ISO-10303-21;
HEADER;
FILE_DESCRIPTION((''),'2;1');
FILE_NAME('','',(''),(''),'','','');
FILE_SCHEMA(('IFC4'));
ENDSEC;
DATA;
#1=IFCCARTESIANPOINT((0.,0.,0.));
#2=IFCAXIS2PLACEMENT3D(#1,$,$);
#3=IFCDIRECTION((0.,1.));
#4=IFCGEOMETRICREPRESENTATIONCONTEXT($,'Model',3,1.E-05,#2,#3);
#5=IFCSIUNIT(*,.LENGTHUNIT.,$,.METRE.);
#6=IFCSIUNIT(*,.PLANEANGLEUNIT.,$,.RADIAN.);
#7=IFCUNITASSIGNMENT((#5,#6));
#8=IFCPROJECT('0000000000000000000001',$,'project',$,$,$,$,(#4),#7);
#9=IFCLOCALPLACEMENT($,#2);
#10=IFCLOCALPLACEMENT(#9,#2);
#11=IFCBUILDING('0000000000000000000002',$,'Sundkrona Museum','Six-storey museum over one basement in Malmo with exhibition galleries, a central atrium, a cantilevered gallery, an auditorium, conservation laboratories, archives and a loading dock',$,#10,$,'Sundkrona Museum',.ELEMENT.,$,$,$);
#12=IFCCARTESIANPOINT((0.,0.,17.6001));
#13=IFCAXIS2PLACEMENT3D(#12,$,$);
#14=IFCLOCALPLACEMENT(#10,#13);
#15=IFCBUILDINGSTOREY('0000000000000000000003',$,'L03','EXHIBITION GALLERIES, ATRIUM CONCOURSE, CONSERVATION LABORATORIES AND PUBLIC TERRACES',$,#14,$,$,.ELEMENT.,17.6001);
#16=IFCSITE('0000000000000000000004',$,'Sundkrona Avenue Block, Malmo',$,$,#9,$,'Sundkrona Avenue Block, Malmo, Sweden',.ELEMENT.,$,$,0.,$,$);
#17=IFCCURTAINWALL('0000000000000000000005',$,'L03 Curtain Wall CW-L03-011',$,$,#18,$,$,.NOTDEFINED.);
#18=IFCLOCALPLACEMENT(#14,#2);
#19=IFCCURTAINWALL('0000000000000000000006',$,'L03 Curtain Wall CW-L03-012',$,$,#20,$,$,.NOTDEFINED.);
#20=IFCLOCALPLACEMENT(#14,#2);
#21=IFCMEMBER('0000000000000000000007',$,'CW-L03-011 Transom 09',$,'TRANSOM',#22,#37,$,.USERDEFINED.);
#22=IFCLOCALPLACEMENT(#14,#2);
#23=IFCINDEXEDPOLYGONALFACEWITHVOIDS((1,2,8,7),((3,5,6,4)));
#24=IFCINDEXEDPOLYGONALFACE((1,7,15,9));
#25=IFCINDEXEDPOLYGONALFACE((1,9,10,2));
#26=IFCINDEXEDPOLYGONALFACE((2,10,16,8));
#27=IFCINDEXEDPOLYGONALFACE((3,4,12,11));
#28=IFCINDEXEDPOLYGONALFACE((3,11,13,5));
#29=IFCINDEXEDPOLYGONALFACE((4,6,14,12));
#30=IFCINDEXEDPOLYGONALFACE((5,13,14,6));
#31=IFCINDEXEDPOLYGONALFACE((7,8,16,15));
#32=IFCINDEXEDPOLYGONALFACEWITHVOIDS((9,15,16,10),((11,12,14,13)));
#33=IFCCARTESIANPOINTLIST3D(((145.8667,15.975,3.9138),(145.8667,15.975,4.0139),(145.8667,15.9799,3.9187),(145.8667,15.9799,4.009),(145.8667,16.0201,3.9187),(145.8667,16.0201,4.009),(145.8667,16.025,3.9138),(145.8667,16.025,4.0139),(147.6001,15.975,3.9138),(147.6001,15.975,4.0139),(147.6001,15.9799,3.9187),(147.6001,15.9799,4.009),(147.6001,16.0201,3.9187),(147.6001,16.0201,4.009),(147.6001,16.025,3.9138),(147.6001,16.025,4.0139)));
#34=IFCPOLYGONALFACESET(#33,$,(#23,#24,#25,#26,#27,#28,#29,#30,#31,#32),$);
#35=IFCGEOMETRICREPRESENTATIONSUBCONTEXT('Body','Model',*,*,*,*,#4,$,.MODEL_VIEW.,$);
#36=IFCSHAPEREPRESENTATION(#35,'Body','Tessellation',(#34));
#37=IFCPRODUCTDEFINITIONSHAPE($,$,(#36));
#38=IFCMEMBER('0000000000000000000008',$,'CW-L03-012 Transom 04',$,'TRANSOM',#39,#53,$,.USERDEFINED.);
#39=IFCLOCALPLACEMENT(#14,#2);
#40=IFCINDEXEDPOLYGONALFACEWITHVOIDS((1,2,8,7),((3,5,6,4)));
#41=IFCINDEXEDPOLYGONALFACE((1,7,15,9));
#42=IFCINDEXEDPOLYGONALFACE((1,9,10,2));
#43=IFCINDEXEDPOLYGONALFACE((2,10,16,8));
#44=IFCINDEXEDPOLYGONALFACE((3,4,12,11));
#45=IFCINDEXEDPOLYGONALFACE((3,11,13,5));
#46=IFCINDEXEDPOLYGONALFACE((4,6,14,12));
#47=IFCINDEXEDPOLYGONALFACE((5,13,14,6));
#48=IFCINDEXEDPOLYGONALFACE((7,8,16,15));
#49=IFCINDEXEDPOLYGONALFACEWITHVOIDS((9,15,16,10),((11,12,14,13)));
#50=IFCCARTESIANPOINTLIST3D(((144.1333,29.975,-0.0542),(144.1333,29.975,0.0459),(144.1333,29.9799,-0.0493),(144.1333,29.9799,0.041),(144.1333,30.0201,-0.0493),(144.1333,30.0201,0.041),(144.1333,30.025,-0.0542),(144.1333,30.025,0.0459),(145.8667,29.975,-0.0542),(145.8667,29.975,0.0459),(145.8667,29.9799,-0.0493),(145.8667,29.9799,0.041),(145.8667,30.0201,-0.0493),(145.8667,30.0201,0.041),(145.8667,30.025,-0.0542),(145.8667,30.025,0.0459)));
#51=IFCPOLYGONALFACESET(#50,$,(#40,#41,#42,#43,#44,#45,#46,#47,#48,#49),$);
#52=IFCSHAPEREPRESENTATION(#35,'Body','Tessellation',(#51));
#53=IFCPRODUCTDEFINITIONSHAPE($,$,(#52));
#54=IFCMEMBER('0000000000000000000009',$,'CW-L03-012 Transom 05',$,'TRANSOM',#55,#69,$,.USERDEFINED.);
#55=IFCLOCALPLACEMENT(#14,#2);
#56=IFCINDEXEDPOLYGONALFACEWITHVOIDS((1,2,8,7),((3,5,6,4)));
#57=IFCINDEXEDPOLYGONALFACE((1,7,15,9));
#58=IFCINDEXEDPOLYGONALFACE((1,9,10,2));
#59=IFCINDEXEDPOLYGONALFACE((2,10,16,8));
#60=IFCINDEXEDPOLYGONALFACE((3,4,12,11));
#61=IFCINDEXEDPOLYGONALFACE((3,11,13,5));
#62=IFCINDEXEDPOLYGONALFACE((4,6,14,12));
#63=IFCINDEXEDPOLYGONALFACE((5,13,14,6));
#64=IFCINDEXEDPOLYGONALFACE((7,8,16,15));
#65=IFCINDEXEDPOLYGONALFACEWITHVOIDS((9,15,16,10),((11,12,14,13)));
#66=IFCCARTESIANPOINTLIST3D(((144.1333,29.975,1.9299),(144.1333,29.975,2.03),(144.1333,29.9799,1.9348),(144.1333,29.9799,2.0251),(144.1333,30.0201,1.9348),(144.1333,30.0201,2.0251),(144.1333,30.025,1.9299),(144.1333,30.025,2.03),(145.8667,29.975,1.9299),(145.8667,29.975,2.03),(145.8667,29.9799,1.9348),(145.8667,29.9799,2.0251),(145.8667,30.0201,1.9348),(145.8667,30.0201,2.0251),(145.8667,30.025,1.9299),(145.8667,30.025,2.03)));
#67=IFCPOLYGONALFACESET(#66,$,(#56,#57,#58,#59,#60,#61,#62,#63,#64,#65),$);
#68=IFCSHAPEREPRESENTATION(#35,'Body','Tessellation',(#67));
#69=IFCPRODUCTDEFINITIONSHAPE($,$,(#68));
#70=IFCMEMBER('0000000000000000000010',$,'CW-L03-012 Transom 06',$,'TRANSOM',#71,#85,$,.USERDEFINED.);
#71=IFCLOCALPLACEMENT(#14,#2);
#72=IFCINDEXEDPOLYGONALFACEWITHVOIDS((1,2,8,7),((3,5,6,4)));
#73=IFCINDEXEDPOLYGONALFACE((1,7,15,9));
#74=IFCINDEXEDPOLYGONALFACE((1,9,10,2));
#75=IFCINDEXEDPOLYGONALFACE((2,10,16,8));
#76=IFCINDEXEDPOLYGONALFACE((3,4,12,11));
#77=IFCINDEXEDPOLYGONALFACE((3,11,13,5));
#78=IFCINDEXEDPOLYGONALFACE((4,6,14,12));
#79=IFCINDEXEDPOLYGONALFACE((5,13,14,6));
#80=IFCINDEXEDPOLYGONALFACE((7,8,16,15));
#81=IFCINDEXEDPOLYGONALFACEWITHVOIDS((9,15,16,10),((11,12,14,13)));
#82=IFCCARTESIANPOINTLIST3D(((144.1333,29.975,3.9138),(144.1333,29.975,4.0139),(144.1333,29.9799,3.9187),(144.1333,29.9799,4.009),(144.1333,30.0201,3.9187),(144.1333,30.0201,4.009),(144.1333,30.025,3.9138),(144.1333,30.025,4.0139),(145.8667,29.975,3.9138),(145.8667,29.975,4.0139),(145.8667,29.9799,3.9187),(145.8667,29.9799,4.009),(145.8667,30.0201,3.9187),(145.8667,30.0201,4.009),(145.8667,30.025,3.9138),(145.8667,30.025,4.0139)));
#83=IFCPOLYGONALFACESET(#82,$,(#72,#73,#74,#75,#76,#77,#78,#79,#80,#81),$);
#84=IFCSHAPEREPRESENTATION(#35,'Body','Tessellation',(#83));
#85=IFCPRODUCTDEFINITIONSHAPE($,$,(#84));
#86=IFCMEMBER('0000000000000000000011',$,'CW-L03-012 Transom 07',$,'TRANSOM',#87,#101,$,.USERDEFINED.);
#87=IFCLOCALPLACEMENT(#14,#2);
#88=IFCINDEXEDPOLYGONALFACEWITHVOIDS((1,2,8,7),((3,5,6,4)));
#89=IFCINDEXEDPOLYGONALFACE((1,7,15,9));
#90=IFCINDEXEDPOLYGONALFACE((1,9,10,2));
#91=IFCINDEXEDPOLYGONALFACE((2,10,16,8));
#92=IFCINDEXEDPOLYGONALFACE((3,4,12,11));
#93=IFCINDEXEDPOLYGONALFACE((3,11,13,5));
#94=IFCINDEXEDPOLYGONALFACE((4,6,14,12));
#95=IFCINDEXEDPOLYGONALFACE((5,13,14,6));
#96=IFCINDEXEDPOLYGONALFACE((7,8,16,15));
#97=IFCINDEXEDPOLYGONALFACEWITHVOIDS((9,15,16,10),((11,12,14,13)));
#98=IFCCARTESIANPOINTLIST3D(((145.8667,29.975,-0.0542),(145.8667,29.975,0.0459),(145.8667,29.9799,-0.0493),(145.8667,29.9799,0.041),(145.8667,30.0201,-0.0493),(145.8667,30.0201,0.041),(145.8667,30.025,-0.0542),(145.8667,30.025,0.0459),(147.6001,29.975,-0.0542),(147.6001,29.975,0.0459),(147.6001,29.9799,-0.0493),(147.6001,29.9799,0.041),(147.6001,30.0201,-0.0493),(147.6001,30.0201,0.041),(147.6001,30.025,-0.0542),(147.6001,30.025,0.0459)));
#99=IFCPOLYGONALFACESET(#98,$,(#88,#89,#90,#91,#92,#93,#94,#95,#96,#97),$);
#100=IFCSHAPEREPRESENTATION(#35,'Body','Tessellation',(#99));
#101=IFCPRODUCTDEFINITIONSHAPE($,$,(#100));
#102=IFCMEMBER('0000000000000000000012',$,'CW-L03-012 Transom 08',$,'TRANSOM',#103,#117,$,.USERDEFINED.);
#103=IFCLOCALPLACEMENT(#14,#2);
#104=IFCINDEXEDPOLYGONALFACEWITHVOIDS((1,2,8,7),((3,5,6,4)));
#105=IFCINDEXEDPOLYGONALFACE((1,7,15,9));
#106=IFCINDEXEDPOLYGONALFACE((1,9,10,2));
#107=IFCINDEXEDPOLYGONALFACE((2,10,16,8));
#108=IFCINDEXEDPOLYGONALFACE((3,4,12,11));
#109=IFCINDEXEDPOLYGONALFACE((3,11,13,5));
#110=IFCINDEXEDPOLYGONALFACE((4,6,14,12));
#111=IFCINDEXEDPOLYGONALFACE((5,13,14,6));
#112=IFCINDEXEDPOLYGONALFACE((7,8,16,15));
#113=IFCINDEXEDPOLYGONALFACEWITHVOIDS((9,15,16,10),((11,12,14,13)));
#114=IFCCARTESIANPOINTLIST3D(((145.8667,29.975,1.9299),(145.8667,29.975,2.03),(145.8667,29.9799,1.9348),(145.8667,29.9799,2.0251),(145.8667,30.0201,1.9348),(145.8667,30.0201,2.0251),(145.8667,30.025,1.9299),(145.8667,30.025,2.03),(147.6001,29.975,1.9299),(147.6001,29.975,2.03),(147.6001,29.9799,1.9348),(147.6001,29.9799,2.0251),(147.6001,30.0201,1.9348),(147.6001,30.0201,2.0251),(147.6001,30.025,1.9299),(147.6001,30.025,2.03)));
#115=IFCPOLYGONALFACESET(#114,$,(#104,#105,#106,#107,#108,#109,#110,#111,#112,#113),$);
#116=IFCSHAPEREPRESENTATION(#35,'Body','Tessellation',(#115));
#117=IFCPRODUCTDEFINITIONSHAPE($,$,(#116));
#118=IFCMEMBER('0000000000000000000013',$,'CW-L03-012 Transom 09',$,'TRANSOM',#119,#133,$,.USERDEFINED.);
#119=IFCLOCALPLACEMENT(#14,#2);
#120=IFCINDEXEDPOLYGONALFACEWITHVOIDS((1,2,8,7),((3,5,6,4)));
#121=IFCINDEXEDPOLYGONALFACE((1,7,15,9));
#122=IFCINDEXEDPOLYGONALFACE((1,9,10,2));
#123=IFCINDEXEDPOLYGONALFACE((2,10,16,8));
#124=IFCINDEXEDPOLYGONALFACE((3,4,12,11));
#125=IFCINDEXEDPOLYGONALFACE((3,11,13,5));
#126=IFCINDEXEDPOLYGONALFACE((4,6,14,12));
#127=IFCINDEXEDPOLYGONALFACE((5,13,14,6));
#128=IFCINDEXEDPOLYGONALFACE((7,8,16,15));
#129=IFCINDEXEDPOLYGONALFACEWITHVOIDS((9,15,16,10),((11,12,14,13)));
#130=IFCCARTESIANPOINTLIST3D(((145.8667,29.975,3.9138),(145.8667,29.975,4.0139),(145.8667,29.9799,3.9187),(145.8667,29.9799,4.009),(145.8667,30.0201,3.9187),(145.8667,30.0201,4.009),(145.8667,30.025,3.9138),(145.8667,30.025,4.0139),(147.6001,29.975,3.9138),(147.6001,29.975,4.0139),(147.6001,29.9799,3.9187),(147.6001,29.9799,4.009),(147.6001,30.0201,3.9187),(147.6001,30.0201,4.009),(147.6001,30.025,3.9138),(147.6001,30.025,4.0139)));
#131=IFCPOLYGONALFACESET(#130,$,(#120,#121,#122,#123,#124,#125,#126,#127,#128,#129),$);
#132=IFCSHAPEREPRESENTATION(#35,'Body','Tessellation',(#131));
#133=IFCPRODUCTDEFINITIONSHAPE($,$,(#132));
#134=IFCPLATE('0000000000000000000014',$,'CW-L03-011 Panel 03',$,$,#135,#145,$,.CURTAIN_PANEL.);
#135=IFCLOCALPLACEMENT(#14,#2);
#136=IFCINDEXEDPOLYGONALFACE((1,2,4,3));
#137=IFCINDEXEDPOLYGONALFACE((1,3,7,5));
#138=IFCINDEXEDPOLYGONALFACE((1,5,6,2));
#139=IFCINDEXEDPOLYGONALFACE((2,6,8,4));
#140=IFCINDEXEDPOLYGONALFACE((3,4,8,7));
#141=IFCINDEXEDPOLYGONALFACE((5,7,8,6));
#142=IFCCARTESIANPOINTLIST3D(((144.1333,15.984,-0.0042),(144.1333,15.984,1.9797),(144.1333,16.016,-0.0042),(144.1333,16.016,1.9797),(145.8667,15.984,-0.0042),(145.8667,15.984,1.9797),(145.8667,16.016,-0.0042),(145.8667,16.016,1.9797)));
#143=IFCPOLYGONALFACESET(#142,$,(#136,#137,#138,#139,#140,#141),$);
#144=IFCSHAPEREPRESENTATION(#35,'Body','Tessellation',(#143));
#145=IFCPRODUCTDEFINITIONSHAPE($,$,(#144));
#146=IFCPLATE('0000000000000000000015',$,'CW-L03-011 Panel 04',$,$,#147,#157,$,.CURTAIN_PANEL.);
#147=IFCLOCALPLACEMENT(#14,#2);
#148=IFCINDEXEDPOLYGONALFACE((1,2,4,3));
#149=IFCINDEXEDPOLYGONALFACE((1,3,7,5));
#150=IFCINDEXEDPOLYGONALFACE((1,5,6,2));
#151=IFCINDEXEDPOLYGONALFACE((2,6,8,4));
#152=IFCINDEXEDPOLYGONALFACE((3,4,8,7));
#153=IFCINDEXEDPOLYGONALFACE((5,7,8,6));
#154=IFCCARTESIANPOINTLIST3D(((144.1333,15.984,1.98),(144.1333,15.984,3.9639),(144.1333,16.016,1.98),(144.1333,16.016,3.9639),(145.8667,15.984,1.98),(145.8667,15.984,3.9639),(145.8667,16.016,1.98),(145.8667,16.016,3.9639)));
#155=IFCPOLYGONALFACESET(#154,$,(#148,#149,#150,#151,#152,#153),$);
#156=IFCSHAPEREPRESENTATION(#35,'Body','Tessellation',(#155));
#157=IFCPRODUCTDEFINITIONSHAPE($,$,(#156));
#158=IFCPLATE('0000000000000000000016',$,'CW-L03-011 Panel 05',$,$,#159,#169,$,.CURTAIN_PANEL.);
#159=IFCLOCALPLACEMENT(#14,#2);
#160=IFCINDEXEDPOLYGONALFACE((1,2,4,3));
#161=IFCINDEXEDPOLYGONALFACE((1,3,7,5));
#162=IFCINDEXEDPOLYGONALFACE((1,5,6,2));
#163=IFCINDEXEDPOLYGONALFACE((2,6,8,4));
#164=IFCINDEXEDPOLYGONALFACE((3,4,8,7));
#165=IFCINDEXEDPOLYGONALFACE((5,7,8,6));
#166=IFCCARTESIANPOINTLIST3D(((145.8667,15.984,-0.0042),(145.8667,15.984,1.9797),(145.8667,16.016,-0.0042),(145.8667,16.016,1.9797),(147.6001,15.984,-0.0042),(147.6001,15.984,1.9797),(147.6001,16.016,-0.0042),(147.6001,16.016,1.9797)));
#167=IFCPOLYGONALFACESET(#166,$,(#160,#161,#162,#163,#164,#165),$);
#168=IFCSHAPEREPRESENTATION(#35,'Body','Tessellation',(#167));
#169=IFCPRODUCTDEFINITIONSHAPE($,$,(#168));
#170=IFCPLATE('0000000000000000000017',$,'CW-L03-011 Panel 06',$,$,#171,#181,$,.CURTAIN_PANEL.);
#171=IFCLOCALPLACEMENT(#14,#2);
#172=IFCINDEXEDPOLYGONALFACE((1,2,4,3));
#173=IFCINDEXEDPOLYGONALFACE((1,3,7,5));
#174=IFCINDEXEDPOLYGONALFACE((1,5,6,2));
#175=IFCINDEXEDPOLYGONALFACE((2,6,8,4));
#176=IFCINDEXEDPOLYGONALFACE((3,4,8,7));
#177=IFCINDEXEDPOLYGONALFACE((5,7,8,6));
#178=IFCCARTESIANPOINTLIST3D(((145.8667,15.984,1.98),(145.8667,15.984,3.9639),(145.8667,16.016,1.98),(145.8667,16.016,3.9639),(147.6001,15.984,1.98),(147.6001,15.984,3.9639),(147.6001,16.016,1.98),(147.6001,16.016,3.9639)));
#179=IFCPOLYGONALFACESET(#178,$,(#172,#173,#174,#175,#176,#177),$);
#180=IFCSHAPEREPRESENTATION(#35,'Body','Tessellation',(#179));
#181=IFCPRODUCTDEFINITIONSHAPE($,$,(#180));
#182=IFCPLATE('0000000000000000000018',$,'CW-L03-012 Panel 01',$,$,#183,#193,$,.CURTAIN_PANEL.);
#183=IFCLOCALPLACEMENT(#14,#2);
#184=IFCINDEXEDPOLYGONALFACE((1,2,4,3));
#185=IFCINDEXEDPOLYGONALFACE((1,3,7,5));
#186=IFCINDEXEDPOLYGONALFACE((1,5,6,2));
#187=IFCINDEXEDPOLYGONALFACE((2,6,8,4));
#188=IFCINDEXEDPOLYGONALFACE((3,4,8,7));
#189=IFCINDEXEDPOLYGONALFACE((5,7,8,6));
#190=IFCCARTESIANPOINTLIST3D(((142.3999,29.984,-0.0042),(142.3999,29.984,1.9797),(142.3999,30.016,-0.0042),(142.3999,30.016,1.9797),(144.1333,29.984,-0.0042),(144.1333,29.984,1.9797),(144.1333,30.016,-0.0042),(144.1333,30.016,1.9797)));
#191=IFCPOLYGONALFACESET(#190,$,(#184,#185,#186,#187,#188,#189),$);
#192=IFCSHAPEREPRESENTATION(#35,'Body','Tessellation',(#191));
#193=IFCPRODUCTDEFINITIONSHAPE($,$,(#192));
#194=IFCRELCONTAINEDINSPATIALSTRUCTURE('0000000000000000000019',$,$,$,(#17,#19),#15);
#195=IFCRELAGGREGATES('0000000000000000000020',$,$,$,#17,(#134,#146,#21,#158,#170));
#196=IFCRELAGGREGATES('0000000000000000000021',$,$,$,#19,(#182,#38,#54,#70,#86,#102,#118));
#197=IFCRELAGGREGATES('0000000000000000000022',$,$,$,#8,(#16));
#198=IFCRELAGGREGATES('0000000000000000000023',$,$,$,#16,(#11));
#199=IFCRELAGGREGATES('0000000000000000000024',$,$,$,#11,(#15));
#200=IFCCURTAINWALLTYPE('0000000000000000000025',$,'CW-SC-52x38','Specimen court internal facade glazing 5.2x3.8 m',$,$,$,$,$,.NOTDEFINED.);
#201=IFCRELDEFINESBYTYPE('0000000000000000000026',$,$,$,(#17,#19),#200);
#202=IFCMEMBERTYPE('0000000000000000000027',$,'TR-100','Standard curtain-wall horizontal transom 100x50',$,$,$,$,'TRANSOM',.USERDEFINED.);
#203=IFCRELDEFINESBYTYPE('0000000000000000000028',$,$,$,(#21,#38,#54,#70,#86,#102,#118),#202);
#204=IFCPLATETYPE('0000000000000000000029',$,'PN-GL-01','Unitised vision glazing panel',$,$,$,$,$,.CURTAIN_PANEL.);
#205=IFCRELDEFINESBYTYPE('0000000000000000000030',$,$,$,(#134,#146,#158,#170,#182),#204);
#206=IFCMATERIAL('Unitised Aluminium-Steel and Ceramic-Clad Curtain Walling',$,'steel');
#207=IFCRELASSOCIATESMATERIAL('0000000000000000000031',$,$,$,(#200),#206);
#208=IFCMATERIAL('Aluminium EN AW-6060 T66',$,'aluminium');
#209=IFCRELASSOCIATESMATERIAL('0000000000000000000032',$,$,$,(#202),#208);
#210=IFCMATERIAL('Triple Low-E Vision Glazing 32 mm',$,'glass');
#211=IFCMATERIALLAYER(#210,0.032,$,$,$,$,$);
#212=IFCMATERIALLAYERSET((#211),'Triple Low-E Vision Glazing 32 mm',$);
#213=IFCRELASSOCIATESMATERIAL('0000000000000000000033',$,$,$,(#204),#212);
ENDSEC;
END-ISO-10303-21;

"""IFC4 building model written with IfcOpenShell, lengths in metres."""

from ifc_helpers import new_model, si_unit, direction, frame, origin, origin_2d, place, context, subcontext, project, spatial, rectangle, hollow_rectangle, extrude, material, layer, layer_set, material_profile, profile_set, type_object, element, aggregate, save


model = new_model("IFC4")

# Units and contexts
model_context = context("Model", 3, precision=1e-05, world=origin(), true_north=direction((0.0, 1.0)))
body_context = subcontext(model_context, "Body", "Model", "MODEL_VIEW")
ifc_project = project(units=[si_unit("LENGTHUNIT", "METRE"), si_unit("PLANEANGLEUNIT", "RADIAN")], contexts=[model_context])

# Site, building, storey
site_placement = place(None, origin())
site = spatial("IfcSite", under=ifc_project, at=site_placement, Name="Sundkrona Avenue Block, Malmo", LongName="Sundkrona Avenue Block, Malmo, Sweden", CompositionType="ELEMENT", RefElevation=0.0)
building_placement = place(site_placement, origin())
building = spatial("IfcBuilding", under=site, at=building_placement, Name="Sundkrona Museum", Description="Six-storey museum over one basement in Malmo with exhibition galleries, a central atrium, a cantilevered gallery, an auditorium, conservation laboratories, archives and a loading dock", LongName="Sundkrona Museum", CompositionType="ELEMENT")
storey_placement = place(building_placement, frame((0.0, 0.0, 17.6001)))
storey = spatial("IfcBuildingStorey", under=building, at=storey_placement, Name="L03", Description="EXHIBITION GALLERIES, ATRIUM CONCOURSE, CONSERVATION LABORATORIES AND PUBLIC TERRACES", CompositionType="ELEMENT", Elevation=17.6001)

# Curtain walls
ifc_material_1 = material(Name="Unitised Aluminium-Steel and Ceramic-Clad Curtain Walling", Category="steel")
curtain_wall_type = type_object("IfcCurtainWallType", Name="CW-SC-52x38", Description="Specimen court internal facade glazing 5.2x3.8 m", PredefinedType="NOTDEFINED", material=ifc_material_1)
curtain_wall_1_placement = place(storey_placement, origin())
curtain_wall_1 = element("IfcCurtainWall", 1, at=curtain_wall_1_placement, inside=storey, type_object=curtain_wall_type, Name="L03 Curtain Wall CW-L03-011", PredefinedType="NOTDEFINED")
ifc_material_2 = material(Name="Aluminium EN AW-6060 T66", Category="aluminium")
curtain_wall_2_placement = place(storey_placement, origin())
curtain_wall_2 = element("IfcCurtainWall", 2, at=curtain_wall_2_placement, inside=storey, type_object=curtain_wall_type, Name="L03 Curtain Wall CW-L03-012", PredefinedType="NOTDEFINED")

# Members
ifc_material_profile_1 = material_profile(ifc_material_2, hollow_rectangle(XDim=0.05, YDim=0.1001, WallThickness=0.0049, at=origin_2d()), Name="RHS 100x50x5.0")
ifc_profile_set_1 = profile_set([ifc_material_profile_1], Name="Aluminium EN AW-6060 T66")
member_type_1 = type_object("IfcMemberType", Name="TR-100", Description="Standard curtain-wall horizontal transom 100x50", ElementType="TRANSOM", PredefinedType="USERDEFINED", material=ifc_profile_set_1)
member_1_placement = place(storey_placement, frame((145.8667, 16.0, 3.9639), z_axis=(1.0, 0.0, 0.0), x_axis=(0.0, 1.0, 0.0)))
member_1 = element("IfcMember", 3, at=member_1_placement, type_object=member_type_1, Name="CW-L03-011 Transom 09", ObjectType="TRANSOM", PredefinedType="USERDEFINED", context=body_context, shape_type="SweptSolid", body=[
    extrude(hollow_rectangle(XDim=0.05, YDim=0.1001, WallThickness=0.0049, at=origin_2d()), origin(), (0.0, 0.0, 1.0), 1.7334),
])
member_2_placement = place(storey_placement, frame((144.1333, 30.0, -0.0042), z_axis=(1.0, 0.0, 0.0), x_axis=(0.0, 1.0, 0.0)))
member_2 = element("IfcMember", 4, at=member_2_placement, type_object=member_type_1, Name="CW-L03-012 Transom 04", ObjectType="TRANSOM", PredefinedType="USERDEFINED", context=body_context, shape_type="SweptSolid", body=[
    extrude(hollow_rectangle(XDim=0.05, YDim=0.1001, WallThickness=0.0049, at=origin_2d()), origin(), (0.0, 0.0, 1.0), 1.7334),
])
member_3_placement = place(storey_placement, frame((144.1333, 30.0, 1.98), z_axis=(1.0, 0.0, 0.0), x_axis=(0.0, 1.0, 0.0)))
member_3 = element("IfcMember", 5, at=member_3_placement, type_object=member_type_1, Name="CW-L03-012 Transom 05", ObjectType="TRANSOM", PredefinedType="USERDEFINED", context=body_context, shape_type="SweptSolid", body=[
    extrude(hollow_rectangle(XDim=0.05, YDim=0.1001, WallThickness=0.0049, at=origin_2d()), origin(), (0.0, 0.0, 1.0), 1.7334),
])
member_4_placement = place(storey_placement, frame((144.1333, 30.0, 3.9639), z_axis=(1.0, 0.0, 0.0), x_axis=(0.0, 1.0, 0.0)))
member_4 = element("IfcMember", 6, at=member_4_placement, type_object=member_type_1, Name="CW-L03-012 Transom 06", ObjectType="TRANSOM", PredefinedType="USERDEFINED", context=body_context, shape_type="SweptSolid", body=[
    extrude(hollow_rectangle(XDim=0.05, YDim=0.1001, WallThickness=0.0049, at=origin_2d()), origin(), (0.0, 0.0, 1.0), 1.7334),
])
member_5_placement = place(storey_placement, frame((145.8667, 30.0, -0.0042), z_axis=(1.0, 0.0, 0.0), x_axis=(0.0, 1.0, 0.0)))
member_5 = element("IfcMember", 7, at=member_5_placement, type_object=member_type_1, Name="CW-L03-012 Transom 07", ObjectType="TRANSOM", PredefinedType="USERDEFINED", context=body_context, shape_type="SweptSolid", body=[
    extrude(hollow_rectangle(XDim=0.05, YDim=0.1001, WallThickness=0.0049, at=origin_2d()), origin(), (0.0, 0.0, 1.0), 1.7334),
])
member_6_placement = place(storey_placement, frame((145.8667, 30.0, 1.98), z_axis=(1.0, 0.0, 0.0), x_axis=(0.0, 1.0, 0.0)))
member_6 = element("IfcMember", 8, at=member_6_placement, type_object=member_type_1, Name="CW-L03-012 Transom 08", ObjectType="TRANSOM", PredefinedType="USERDEFINED", context=body_context, shape_type="SweptSolid", body=[
    extrude(hollow_rectangle(XDim=0.05, YDim=0.1001, WallThickness=0.0049, at=origin_2d()), origin(), (0.0, 0.0, 1.0), 1.7334),
])
member_7_placement = place(storey_placement, frame((145.8667, 30.0, 3.9639), z_axis=(1.0, 0.0, 0.0), x_axis=(0.0, 1.0, 0.0)))
member_7 = element("IfcMember", 9, at=member_7_placement, type_object=member_type_1, Name="CW-L03-012 Transom 09", ObjectType="TRANSOM", PredefinedType="USERDEFINED", context=body_context, shape_type="SweptSolid", body=[
    extrude(hollow_rectangle(XDim=0.05, YDim=0.1001, WallThickness=0.0049, at=origin_2d()), origin(), (0.0, 0.0, 1.0), 1.7334),
])

# Plates
ifc_material_3 = material(Name="Triple Low-E Vision Glazing 32 mm", Category="glass")
ifc_layer_1 = layer(ifc_material_3, 0.032)
ifc_layer_set_1 = layer_set([ifc_layer_1], Name="Triple Low-E Vision Glazing 32 mm")
plate_type = type_object("IfcPlateType", Name="PN-GL-01", Description="Unitised vision glazing panel", PredefinedType="CURTAIN_PANEL", material=ifc_layer_set_1)
plate_1_placement = place(storey_placement, frame((145.0, 16.0, -0.0042), z_axis=(0.0, 0.0, 1.0), x_axis=(1.0, 0.0, 0.0)))
plate_1 = element("IfcPlate", 10, at=plate_1_placement, type_object=plate_type, Name="CW-L03-011 Panel 03", PredefinedType="CURTAIN_PANEL", context=body_context, shape_type="SweptSolid", body=[
    extrude(rectangle(XDim=1.7334, YDim=0.032, at=origin_2d()), origin(), (0.0, 0.0, 1.0), 1.9839),
])
plate_2_placement = place(storey_placement, frame((145.0, 16.0, 1.98), z_axis=(0.0, 0.0, 1.0), x_axis=(1.0, 0.0, 0.0)))
plate_2 = element("IfcPlate", 11, at=plate_2_placement, type_object=plate_type, Name="CW-L03-011 Panel 04", PredefinedType="CURTAIN_PANEL", context=body_context, shape_type="SweptSolid", body=[
    extrude(rectangle(XDim=1.7334, YDim=0.032, at=origin_2d()), origin(), (0.0, 0.0, 1.0), 1.9839),
])
plate_3_placement = place(storey_placement, frame((146.7334, 16.0, -0.0042), z_axis=(0.0, 0.0, 1.0), x_axis=(1.0, 0.0, 0.0)))
plate_3 = element("IfcPlate", 12, at=plate_3_placement, type_object=plate_type, Name="CW-L03-011 Panel 05", PredefinedType="CURTAIN_PANEL", context=body_context, shape_type="SweptSolid", body=[
    extrude(rectangle(XDim=1.7334, YDim=0.032, at=origin_2d()), origin(), (0.0, 0.0, 1.0), 1.9839),
])
plate_4_placement = place(storey_placement, frame((146.7334, 16.0, 1.98), z_axis=(0.0, 0.0, 1.0), x_axis=(1.0, 0.0, 0.0)))
plate_4 = element("IfcPlate", 13, at=plate_4_placement, type_object=plate_type, Name="CW-L03-011 Panel 06", PredefinedType="CURTAIN_PANEL", context=body_context, shape_type="SweptSolid", body=[
    extrude(rectangle(XDim=1.7334, YDim=0.032, at=origin_2d()), origin(), (0.0, 0.0, 1.0), 1.9839),
])
aggregate(curtain_wall_1, [plate_1, plate_2, member_1, plate_3, plate_4])
plate_5_placement = place(storey_placement, frame((143.2666, 30.0, -0.0042), z_axis=(0.0, 0.0, 1.0), x_axis=(1.0, 0.0, 0.0)))
plate_5 = element("IfcPlate", 14, at=plate_5_placement, type_object=plate_type, Name="CW-L03-012 Panel 01", PredefinedType="CURTAIN_PANEL", context=body_context, shape_type="SweptSolid", body=[
    extrude(rectangle(XDim=1.7334, YDim=0.032, at=origin_2d()), origin(), (0.0, 0.0, 1.0), 1.9839),
])
aggregate(curtain_wall_2, [plate_5, member_2, member_3, member_4, member_5, member_6, member_7])

save(model, "model.ifc")
